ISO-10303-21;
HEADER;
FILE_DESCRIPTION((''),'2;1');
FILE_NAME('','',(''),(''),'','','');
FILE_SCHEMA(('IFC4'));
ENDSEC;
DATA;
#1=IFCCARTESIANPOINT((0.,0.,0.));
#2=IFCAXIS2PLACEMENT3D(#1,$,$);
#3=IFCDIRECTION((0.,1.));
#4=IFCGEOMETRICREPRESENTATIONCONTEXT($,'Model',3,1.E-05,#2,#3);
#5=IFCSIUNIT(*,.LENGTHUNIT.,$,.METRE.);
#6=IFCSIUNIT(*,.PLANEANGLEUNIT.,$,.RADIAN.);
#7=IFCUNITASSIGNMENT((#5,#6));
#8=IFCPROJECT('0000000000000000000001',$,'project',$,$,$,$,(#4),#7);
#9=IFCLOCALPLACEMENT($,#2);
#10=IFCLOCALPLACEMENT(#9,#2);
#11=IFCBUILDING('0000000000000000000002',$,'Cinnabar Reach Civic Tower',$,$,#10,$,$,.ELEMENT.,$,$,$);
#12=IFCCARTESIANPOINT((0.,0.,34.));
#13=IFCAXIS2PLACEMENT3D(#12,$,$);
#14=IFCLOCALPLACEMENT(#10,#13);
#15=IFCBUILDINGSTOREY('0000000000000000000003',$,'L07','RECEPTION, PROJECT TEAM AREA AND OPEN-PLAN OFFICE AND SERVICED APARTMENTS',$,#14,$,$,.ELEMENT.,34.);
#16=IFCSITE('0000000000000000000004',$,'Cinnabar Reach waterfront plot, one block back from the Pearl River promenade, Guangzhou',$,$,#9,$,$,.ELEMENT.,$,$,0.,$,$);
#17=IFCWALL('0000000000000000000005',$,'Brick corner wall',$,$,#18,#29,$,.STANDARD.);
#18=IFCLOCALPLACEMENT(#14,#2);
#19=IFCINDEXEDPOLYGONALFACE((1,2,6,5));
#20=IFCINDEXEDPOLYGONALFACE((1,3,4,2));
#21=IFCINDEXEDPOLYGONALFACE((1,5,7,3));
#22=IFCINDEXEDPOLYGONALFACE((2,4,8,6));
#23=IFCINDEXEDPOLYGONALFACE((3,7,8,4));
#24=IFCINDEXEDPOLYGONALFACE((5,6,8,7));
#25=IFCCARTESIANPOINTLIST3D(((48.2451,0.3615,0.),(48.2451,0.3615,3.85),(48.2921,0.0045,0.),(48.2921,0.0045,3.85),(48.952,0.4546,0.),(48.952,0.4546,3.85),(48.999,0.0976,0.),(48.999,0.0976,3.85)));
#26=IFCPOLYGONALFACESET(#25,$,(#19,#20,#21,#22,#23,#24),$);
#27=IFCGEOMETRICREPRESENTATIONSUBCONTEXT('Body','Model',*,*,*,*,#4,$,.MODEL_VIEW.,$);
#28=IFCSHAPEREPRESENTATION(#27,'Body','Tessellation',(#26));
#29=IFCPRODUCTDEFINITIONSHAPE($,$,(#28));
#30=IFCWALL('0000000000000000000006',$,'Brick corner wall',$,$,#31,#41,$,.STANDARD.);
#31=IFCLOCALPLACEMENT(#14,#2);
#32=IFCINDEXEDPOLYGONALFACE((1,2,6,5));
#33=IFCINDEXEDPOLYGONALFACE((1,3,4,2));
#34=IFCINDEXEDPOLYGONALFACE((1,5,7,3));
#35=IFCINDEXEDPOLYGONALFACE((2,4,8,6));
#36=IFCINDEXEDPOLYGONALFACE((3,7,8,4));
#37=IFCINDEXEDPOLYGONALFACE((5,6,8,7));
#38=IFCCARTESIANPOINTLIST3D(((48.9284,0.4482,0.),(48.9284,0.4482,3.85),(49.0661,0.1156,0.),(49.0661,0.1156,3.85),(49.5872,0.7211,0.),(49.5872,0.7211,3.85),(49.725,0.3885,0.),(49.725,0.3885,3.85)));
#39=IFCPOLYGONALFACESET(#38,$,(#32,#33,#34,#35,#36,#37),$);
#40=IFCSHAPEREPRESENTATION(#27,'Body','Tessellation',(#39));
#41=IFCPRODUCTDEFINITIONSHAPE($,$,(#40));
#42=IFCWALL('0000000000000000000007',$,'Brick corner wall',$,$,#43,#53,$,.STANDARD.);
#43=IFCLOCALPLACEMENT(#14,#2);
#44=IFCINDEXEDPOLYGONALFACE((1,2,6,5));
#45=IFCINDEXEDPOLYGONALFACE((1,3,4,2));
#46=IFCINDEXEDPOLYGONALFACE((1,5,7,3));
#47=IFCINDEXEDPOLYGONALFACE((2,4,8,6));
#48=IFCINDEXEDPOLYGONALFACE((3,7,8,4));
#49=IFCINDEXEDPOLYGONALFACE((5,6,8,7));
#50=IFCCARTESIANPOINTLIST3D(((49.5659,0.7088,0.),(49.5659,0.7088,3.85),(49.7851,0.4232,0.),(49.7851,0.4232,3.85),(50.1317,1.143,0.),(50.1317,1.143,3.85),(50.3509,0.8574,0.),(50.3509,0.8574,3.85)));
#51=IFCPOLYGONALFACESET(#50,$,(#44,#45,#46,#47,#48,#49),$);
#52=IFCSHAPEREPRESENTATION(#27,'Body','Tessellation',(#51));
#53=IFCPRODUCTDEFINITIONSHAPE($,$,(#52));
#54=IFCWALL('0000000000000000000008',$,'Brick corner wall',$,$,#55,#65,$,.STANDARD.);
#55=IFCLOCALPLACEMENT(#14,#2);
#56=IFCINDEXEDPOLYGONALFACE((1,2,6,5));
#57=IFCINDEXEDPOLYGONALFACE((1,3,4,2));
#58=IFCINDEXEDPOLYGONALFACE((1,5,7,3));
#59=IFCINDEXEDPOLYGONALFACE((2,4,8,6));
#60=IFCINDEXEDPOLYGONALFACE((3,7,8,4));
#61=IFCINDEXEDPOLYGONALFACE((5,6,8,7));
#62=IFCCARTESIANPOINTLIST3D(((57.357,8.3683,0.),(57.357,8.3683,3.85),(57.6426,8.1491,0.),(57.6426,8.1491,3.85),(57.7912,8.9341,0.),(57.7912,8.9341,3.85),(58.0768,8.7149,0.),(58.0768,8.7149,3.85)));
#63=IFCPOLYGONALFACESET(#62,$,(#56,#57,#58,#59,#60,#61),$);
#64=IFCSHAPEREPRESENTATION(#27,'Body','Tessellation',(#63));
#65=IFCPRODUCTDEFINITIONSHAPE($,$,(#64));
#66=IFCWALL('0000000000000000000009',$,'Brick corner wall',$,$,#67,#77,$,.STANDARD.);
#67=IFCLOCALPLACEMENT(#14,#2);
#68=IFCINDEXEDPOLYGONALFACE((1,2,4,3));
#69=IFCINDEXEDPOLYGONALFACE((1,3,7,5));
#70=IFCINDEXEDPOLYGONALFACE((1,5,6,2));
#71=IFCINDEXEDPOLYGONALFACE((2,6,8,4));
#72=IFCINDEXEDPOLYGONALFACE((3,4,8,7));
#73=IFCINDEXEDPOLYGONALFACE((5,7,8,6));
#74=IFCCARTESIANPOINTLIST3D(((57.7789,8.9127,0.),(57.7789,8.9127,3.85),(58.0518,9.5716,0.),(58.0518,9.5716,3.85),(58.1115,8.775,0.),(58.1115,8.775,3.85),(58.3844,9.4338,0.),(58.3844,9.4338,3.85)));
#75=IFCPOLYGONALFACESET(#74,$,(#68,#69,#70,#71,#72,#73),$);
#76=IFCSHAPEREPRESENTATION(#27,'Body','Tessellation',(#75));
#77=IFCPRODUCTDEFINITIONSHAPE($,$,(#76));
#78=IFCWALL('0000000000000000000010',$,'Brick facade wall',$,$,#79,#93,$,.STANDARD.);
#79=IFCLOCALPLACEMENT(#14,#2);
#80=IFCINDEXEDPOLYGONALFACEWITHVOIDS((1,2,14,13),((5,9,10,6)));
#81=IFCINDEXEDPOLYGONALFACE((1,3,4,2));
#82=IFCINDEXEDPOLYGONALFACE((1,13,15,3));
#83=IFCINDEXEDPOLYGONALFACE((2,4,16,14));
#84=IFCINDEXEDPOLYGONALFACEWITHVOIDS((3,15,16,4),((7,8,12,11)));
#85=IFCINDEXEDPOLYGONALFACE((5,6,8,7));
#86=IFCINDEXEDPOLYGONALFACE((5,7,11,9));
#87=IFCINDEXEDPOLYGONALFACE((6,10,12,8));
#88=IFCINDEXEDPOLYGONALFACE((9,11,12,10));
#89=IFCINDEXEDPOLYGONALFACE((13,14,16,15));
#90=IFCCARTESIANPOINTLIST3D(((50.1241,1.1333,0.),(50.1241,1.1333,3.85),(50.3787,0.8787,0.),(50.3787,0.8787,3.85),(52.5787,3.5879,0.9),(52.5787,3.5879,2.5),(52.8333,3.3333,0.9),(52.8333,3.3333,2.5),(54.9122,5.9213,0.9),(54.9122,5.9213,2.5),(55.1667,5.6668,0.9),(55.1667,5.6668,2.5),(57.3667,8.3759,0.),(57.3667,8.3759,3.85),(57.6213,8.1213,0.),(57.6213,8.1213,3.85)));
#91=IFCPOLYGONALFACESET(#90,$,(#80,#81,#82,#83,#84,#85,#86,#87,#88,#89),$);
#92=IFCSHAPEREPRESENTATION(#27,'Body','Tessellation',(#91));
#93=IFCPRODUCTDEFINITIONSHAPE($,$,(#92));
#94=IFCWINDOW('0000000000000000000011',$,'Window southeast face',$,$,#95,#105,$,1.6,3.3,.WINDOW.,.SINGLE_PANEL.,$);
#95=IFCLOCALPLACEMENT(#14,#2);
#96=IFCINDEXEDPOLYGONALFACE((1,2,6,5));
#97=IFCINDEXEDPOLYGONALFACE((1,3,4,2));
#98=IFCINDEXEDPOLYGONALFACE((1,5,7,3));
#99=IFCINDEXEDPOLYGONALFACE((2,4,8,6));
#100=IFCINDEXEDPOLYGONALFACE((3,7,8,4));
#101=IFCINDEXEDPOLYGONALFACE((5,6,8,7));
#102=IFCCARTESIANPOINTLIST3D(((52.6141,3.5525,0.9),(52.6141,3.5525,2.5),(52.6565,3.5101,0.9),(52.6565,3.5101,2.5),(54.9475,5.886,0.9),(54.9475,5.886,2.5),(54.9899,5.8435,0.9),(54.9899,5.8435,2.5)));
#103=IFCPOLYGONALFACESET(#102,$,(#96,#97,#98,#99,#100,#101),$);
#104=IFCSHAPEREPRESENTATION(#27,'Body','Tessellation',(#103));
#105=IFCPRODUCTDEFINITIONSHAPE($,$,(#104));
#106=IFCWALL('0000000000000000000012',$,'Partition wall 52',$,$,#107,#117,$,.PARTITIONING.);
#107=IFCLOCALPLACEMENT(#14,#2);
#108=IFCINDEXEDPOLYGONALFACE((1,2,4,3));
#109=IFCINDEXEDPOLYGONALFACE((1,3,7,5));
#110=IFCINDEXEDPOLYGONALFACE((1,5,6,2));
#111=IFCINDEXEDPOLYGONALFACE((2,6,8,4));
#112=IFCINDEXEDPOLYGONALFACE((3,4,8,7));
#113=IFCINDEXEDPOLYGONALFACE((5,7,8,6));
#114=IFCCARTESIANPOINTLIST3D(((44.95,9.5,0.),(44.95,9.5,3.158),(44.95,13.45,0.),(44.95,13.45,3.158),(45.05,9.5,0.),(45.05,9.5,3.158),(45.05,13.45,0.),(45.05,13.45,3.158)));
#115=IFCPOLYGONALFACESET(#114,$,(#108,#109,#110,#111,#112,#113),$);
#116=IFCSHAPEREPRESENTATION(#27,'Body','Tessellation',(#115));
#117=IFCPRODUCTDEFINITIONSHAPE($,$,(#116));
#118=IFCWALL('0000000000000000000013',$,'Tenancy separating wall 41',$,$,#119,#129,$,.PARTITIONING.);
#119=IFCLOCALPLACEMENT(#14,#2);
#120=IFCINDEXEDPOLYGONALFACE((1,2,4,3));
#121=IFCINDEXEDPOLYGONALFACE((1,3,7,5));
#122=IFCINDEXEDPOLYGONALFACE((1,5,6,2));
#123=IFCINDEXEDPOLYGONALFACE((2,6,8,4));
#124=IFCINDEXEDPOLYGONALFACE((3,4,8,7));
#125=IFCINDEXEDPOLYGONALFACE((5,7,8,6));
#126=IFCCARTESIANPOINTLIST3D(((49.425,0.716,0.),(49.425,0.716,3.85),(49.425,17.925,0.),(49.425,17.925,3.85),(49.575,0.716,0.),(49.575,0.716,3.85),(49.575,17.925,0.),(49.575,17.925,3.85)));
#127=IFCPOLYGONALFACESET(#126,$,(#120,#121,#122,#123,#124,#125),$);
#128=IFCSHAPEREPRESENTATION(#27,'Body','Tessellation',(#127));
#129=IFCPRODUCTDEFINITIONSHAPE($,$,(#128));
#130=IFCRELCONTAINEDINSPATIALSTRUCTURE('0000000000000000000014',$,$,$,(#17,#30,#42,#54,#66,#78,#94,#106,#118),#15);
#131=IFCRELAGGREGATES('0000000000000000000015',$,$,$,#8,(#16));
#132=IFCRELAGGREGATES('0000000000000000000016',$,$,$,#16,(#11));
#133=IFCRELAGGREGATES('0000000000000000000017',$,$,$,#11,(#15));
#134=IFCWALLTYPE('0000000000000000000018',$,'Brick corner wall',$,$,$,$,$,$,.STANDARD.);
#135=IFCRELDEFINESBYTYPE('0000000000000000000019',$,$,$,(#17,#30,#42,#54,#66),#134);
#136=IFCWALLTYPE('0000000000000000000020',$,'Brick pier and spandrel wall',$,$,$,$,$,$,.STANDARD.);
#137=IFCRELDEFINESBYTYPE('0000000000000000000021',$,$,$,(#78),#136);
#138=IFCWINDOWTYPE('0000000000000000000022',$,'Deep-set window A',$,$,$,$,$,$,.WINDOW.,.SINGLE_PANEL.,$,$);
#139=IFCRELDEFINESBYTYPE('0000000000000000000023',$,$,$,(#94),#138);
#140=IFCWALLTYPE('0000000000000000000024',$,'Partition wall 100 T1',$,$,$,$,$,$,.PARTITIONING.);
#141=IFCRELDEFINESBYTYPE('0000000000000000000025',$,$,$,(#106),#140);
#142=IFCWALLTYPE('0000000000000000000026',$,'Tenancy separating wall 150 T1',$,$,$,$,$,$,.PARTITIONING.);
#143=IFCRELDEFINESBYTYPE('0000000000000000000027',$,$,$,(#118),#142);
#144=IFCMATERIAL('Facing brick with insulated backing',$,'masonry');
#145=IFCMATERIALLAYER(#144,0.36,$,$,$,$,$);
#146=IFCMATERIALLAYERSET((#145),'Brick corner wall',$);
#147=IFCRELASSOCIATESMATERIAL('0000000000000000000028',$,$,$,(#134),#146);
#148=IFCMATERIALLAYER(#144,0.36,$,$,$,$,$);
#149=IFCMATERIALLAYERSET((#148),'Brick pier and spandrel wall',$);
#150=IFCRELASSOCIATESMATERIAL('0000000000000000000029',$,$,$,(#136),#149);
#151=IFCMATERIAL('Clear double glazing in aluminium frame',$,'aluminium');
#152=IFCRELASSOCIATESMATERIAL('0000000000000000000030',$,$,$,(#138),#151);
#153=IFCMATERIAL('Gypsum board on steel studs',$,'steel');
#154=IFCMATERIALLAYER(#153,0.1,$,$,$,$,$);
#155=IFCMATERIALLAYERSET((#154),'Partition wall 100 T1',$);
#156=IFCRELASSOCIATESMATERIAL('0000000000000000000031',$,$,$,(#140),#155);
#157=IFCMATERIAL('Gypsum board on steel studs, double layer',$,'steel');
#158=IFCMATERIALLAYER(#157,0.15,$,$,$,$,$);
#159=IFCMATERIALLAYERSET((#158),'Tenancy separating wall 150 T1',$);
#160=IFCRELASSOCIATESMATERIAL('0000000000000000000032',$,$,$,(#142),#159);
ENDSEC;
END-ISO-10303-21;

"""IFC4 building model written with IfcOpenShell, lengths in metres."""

from ifc_helpers import new_model, si_unit, direction, frame, frame_2d, origin, place, context, subcontext, project, spatial, rectangle, extrude, material, layer, layer_set, type_object, element, fill, save


model = new_model("IFC4")

# Units and contexts
model_context = context("Model", 3, precision=1e-05, world=origin(), true_north=direction((0.0, 1.0)))
body_context = subcontext(model_context, "Body", "Model", "MODEL_VIEW")
ifc_project = project(units=[si_unit("LENGTHUNIT", "METRE"), si_unit("PLANEANGLEUNIT", "RADIAN")], contexts=[model_context])

# Site, building, storey
site_placement = place(None, origin())
site = spatial("IfcSite", under=ifc_project, at=site_placement, Name="Cinnabar Reach waterfront plot, one block back from the Pearl River promenade, Guangzhou", CompositionType="ELEMENT", RefElevation=0.0)
building_placement = place(site_placement, origin())
building = spatial("IfcBuilding", under=site, at=building_placement, Name="Cinnabar Reach Civic Tower", CompositionType="ELEMENT")
storey_placement = place(building_placement, frame((0.0, 0.0, 34.0)))
storey = spatial("IfcBuildingStorey", under=building, at=storey_placement, Name="L07", Description="RECEPTION, PROJECT TEAM AREA AND OPEN-PLAN OFFICE AND SERVICED APARTMENTS", CompositionType="ELEMENT", Elevation=34.0)

# Walls
ifc_material_1 = material(Name="Facing brick with insulated backing", Category="masonry")
ifc_layer_1 = layer(ifc_material_1, 0.36)
ifc_layer_set_1 = layer_set([ifc_layer_1], Name="Brick corner wall")
wall_type_1 = type_object("IfcWallType", Name="Brick corner wall", PredefinedType="STANDARD", material=ifc_layer_set_1)
for number, where, z_axis, x_axis, name in (
    (1, (48.2686, 0.183, 0.0), (0.0, 0.0, 1.0), (0.991441, 0.130556, 0.0), "Brick corner wall"),
    (2, (48.9973, 0.2819, 0.0), (0.0, 0.0, 1.0), (0.923872, 0.382703, 0.0), "Brick corner wall"),
):
    element("IfcWall", number, at=place(storey_placement, frame(where, z_axis=z_axis, x_axis=x_axis)), inside=storey, type_object=wall_type_1, Name=name, PredefinedType="STANDARD", context=body_context, shape_type="SweptSolid", body=[
        extrude(rectangle(XDim=0.7131, YDim=0.36, at=frame_2d((0.3565, 0.0))), origin(), (0.0, 0.0, 1.0), 3.85),
    ])
for number, where, z_axis, x_axis, name in (
    (3, (49.6755, 0.566, 0.0), (0.0, 0.0, 1.0), (0.793322, 0.608802, 0.0), "Brick corner wall"),
    (4, (57.4998, 8.2587, 0.0), (0.0, 0.0, 1.0), (0.608802, 0.793322, 0.0), "Brick corner wall"),
):
    element("IfcWall", number, at=place(storey_placement, frame(where, z_axis=z_axis, x_axis=x_axis)), inside=storey, type_object=wall_type_1, Name=name, PredefinedType="STANDARD", context=body_context, shape_type="SweptSolid", body=[
        extrude(rectangle(XDim=0.7132, YDim=0.36, at=frame_2d((0.3566, 0.0))), origin(), (0.0, 0.0, 1.0), 3.85),
    ])
wall_1_placement = place(storey_placement, frame((57.9452, 8.8439, 0.0), z_axis=(0.0, 0.0, 1.0), x_axis=(0.382703, 0.923872, 0.0)))
element("IfcWall", 5, at=wall_1_placement, inside=storey, type_object=wall_type_1, Name="Brick corner wall", PredefinedType="STANDARD", context=body_context, shape_type="SweptSolid", body=[
    extrude(rectangle(XDim=0.7131, YDim=0.36, at=frame_2d((0.3565, 0.0))), origin(), (0.0, 0.0, 1.0), 3.85),
])

# Wall, opening, window
ifc_layer_2 = layer(ifc_material_1, 0.36)
ifc_layer_set_2 = layer_set([ifc_layer_2], Name="Brick pier and spandrel wall")
wall_type_2 = type_object("IfcWallType", Name="Brick pier and spandrel wall", PredefinedType="STANDARD", material=ifc_layer_set_2)
wall_2_placement = place(storey_placement, frame((50.2514, 1.006, 0.0), z_axis=(0.0, 0.0, 1.0), x_axis=(0.707107, 0.707107, 0.0)))
wall_2 = element("IfcWall", 6, at=wall_2_placement, inside=storey, type_object=wall_type_2, Name="Brick facade wall", PredefinedType="STANDARD", context=body_context, shape_type="SweptSolid", body=[
    extrude(rectangle(XDim=10.2426, YDim=0.36, at=frame_2d((5.1213, 0.0))), origin(), (0.0, 0.0, 1.0), 3.85),
])
opening_placement = place(wall_2_placement, frame((3.4713, 0.0, 0.9)))
opening = element("IfcOpeningElement", 7, at=opening_placement, cuts=wall_2, PredefinedType="OPENING", context=body_context, shape_type="SweptSolid", body=[
    extrude(rectangle(XDim=3.3, YDim=1.6, at=frame_2d((1.65, 0.8))), frame((0.0, 0.19, 0.0), z_axis=(0.0, -1.0, 0.0), x_axis=(1.0, 0.0, 0.0)), (0.0, 0.0, 1.0), 0.38),
])
ifc_material_2 = material(Name="Clear double glazing in aluminium frame", Category="aluminium")
window_type = type_object("IfcWindowType", Name="Deep-set window A", PartitioningType="SINGLE_PANEL", PredefinedType="WINDOW", material=ifc_material_2)
window_placement = place(opening_placement, origin())
window = element("IfcWindow", 8, at=window_placement, inside=storey, type_object=window_type, Name="Window southeast face", OverallHeight=1.6, OverallWidth=3.3, PartitioningType="SINGLE_PANEL", PredefinedType="WINDOW", context=body_context, shape_type="SweptSolid", body=[
    extrude(rectangle(XDim=3.3, YDim=1.6, at=frame_2d((1.65, 0.8))), frame((0.0, 0.13, 0.0), z_axis=(0.0, -1.0, 0.0), x_axis=(1.0, 0.0, 0.0)), (0.0, 0.0, 1.0), 0.06),
])
fill(opening, window)

# Walls
ifc_material_3 = material(Name="Gypsum board on steel studs", Category="steel")
ifc_layer_3 = layer(ifc_material_3, 0.1)
ifc_layer_set_3 = layer_set([ifc_layer_3], Name="Partition wall 100 T1")
wall_type_3 = type_object("IfcWallType", Name="Partition wall 100 T1", PredefinedType="PARTITIONING", material=ifc_layer_set_3)
wall_3_placement = place(storey_placement, frame((45.0, 9.5, 0.0), z_axis=(0.0, 0.0, 1.0), x_axis=(0.0, 1.0, 0.0)))
element("IfcWall", 9, at=wall_3_placement, inside=storey, type_object=wall_type_3, Name="Partition wall 52", PredefinedType="PARTITIONING", context=body_context, shape_type="SweptSolid", body=[
    extrude(rectangle(XDim=3.95, YDim=0.1, at=frame_2d((1.975, 0.0))), origin(), (0.0, 0.0, 1.0), 3.158),
])
ifc_material_4 = material(Name="Gypsum board on steel studs, double layer", Category="steel")
ifc_layer_4 = layer(ifc_material_4, 0.15)
ifc_layer_set_4 = layer_set([ifc_layer_4], Name="Tenancy separating wall 150 T1")
wall_type_4 = type_object("IfcWallType", Name="Tenancy separating wall 150 T1", PredefinedType="PARTITIONING", material=ifc_layer_set_4)
wall_4_placement = place(storey_placement, frame((49.5, 0.716, 0.0), z_axis=(0.0, 0.0, 1.0), x_axis=(0.0, 1.0, 0.0)))
element("IfcWall", 10, at=wall_4_placement, inside=storey, type_object=wall_type_4, Name="Tenancy separating wall 41", PredefinedType="PARTITIONING", context=body_context, shape_type="SweptSolid", body=[
    extrude(rectangle(XDim=17.209, YDim=0.15, at=frame_2d((8.6045, 0.0))), origin(), (0.0, 0.0, 1.0), 3.85),
])

save(model, "model.ifc")
